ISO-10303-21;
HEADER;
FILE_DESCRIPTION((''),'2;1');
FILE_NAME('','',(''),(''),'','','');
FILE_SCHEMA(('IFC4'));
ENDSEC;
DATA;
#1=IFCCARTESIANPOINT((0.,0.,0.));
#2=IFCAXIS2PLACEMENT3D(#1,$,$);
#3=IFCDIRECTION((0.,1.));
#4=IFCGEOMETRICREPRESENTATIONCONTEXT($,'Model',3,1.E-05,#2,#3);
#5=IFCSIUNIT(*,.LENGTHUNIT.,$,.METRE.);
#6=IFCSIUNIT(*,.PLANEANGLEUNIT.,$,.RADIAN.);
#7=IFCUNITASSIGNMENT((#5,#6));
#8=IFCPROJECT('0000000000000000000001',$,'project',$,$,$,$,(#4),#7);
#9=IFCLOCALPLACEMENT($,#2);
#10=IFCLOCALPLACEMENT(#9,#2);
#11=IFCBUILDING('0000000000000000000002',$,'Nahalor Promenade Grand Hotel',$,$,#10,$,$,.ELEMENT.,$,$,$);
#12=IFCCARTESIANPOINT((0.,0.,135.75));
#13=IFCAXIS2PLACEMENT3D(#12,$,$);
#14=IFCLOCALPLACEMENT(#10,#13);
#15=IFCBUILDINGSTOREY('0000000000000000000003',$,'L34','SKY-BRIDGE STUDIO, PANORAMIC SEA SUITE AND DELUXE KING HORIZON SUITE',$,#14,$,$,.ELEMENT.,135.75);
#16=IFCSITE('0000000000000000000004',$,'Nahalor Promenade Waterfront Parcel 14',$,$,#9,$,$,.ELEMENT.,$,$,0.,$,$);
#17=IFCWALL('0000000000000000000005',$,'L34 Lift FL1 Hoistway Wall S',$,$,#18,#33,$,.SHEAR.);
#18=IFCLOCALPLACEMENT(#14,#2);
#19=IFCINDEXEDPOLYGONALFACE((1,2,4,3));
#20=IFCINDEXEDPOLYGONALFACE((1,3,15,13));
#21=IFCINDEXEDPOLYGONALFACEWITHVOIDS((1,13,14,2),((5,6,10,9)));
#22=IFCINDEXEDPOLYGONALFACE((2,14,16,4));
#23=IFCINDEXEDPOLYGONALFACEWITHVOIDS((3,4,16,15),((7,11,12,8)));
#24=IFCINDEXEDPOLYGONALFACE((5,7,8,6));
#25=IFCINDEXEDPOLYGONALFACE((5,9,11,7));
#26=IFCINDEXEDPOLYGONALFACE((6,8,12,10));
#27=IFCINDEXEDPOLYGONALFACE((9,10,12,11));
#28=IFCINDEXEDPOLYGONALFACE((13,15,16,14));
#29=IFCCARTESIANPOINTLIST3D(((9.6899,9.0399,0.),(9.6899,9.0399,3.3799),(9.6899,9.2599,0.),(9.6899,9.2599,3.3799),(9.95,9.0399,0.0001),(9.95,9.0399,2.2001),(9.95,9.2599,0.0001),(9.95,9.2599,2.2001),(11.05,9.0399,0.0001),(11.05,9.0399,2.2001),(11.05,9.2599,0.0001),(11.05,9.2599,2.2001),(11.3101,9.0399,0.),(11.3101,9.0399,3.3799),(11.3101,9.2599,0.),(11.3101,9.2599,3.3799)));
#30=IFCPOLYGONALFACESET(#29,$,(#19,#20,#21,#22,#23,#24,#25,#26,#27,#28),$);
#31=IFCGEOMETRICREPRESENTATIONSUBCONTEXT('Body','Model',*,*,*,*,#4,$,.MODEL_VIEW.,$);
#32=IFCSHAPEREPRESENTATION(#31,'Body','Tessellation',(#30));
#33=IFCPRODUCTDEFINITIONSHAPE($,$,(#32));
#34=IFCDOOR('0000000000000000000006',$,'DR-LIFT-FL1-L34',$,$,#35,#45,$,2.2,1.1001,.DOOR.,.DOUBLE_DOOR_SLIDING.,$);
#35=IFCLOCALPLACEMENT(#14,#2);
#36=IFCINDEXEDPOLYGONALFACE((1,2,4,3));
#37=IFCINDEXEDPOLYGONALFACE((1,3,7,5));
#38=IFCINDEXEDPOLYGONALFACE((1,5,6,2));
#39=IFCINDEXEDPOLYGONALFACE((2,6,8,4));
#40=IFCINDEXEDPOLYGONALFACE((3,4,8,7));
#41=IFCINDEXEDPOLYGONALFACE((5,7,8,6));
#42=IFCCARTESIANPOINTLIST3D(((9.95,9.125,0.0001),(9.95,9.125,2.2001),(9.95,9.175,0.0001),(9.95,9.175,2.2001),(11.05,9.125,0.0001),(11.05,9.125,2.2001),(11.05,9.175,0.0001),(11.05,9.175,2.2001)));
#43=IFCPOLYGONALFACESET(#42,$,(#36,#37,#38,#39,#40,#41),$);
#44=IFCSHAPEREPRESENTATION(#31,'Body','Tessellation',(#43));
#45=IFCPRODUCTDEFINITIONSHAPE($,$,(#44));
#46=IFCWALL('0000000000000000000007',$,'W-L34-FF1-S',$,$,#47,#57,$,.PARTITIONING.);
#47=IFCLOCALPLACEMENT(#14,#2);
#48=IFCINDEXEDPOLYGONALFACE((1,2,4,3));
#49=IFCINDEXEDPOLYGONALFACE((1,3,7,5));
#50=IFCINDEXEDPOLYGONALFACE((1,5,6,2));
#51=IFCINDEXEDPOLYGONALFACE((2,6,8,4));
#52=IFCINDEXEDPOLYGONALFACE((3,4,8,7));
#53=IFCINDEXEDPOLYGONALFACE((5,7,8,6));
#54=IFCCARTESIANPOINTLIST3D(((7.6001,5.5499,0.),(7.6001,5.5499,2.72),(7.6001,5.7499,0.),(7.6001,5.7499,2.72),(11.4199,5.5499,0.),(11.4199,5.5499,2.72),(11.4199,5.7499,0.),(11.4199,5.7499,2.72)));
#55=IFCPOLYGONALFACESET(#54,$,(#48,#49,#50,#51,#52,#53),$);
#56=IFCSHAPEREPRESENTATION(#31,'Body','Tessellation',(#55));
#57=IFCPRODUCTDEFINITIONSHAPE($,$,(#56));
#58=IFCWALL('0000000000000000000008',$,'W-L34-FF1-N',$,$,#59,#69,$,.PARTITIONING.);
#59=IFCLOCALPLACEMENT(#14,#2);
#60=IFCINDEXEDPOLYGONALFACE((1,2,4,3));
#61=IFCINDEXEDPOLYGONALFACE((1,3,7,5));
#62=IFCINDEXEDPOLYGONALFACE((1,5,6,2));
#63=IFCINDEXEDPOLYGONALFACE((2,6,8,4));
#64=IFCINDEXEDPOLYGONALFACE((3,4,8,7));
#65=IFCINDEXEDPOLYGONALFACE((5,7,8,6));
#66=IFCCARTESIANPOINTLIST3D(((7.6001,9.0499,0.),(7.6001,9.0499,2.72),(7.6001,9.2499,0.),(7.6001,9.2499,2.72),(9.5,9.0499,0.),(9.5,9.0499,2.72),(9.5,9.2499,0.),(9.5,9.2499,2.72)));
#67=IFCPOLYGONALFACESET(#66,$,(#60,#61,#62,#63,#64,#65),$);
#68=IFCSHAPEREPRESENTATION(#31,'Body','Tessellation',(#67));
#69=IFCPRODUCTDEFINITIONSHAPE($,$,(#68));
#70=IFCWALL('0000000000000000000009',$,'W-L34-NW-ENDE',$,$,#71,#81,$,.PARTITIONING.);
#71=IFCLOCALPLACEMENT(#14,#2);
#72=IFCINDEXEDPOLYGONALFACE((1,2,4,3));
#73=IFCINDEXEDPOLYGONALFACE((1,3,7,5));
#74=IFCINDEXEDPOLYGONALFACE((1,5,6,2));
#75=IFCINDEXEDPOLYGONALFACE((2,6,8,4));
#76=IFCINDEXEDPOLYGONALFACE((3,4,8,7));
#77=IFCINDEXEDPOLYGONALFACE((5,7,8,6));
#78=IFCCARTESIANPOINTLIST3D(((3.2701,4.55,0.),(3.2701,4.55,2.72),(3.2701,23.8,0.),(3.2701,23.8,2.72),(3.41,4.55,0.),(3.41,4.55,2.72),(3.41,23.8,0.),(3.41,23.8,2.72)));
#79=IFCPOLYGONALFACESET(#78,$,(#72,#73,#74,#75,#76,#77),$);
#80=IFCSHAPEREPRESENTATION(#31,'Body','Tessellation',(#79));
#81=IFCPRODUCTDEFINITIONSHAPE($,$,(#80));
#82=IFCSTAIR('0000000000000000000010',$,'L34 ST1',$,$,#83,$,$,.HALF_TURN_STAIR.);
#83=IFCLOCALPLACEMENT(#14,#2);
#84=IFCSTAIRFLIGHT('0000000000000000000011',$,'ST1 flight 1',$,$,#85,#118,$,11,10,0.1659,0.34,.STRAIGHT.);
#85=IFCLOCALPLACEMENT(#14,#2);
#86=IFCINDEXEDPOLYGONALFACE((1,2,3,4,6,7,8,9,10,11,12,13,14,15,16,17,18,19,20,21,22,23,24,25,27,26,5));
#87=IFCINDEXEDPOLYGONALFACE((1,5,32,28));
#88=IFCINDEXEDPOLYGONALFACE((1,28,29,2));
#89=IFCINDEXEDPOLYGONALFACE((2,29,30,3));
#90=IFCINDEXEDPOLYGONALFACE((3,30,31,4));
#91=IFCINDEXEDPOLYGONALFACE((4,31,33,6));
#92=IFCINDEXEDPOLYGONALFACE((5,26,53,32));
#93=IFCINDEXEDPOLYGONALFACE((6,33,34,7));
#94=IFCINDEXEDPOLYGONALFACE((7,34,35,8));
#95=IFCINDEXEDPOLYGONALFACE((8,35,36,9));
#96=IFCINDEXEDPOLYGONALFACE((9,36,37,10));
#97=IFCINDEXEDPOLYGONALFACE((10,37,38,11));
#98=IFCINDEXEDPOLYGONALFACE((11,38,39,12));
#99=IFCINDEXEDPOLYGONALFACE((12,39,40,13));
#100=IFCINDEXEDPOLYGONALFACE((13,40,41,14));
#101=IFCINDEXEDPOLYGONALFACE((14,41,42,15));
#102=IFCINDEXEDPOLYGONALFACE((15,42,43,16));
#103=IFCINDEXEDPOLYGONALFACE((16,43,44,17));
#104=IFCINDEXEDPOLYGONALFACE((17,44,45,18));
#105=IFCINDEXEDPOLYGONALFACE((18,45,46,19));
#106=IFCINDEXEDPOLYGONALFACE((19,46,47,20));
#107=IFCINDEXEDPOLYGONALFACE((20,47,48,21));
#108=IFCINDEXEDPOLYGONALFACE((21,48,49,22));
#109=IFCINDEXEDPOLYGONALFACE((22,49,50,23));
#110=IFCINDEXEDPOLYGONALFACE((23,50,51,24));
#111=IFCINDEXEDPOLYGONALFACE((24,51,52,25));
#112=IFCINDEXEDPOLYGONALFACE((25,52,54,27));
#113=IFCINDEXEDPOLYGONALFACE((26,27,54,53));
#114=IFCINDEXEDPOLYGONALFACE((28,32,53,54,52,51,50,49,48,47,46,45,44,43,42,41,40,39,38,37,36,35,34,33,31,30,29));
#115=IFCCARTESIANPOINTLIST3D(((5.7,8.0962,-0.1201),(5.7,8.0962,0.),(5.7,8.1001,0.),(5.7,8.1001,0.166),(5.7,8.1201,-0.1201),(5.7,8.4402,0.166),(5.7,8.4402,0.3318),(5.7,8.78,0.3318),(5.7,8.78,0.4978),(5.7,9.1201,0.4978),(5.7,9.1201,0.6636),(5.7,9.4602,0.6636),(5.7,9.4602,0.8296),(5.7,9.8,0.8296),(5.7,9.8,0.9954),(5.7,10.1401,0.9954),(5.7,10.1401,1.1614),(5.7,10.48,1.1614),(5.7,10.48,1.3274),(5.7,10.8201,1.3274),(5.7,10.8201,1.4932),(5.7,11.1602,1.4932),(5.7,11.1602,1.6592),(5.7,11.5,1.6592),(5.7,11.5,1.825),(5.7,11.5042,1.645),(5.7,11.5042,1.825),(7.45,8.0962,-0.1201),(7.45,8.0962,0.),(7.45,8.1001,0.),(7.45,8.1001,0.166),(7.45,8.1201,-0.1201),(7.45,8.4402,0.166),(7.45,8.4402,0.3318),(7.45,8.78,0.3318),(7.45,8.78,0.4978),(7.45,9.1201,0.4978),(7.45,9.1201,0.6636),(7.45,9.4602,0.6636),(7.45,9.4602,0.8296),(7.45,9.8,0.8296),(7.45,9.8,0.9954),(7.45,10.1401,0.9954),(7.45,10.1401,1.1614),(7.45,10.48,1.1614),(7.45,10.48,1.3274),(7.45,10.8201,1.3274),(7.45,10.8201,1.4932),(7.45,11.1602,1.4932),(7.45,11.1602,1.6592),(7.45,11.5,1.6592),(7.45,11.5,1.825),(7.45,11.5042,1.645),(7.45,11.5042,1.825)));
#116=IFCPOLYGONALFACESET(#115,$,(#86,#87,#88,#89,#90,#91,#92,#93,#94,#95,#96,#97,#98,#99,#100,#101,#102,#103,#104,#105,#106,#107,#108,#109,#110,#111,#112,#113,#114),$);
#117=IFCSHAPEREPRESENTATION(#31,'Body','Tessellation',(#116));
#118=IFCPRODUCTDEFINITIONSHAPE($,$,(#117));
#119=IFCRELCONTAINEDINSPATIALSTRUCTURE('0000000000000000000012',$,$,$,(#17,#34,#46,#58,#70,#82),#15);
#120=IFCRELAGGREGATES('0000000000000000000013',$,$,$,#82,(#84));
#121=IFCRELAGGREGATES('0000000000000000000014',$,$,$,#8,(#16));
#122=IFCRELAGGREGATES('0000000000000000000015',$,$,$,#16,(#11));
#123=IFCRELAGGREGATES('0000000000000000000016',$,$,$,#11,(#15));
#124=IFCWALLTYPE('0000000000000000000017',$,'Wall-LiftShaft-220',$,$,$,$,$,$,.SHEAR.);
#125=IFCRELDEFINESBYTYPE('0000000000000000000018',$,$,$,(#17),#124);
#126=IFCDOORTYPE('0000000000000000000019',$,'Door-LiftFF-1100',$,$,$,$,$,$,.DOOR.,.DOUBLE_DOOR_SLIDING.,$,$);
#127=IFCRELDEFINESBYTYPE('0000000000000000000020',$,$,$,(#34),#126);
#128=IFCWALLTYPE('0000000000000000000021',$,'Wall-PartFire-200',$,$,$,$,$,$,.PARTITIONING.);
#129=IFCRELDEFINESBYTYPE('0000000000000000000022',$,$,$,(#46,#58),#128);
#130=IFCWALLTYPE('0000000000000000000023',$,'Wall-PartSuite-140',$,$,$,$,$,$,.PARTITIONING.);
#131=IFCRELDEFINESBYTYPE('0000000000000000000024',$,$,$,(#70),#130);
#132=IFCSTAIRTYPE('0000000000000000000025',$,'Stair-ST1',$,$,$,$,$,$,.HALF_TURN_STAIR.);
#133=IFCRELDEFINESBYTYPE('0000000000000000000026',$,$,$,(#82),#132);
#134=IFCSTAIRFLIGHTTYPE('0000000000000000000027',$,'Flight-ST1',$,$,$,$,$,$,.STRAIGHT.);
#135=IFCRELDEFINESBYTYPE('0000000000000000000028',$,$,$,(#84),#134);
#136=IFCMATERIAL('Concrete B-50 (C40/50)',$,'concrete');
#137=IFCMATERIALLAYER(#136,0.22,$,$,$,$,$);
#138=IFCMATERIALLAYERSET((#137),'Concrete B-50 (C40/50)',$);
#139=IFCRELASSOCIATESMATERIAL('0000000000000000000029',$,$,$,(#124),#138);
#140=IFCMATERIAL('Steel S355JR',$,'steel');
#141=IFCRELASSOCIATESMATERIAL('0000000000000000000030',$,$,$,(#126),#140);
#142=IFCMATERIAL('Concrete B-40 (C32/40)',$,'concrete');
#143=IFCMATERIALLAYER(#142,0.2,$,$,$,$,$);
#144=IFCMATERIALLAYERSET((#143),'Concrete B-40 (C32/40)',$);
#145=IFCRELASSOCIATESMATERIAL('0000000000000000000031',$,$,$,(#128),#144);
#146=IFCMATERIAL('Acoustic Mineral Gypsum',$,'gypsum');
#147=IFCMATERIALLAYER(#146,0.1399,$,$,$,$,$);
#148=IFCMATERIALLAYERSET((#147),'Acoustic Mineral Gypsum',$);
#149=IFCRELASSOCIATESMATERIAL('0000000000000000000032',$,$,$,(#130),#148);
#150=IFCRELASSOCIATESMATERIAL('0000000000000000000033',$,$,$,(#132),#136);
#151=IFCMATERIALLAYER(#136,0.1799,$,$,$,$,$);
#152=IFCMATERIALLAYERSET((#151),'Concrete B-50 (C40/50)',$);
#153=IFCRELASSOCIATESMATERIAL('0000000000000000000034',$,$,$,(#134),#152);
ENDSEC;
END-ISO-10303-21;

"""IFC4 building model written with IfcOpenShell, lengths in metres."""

from ifc_helpers import new_model, si_unit, direction, frame, frame_2d, origin, place, context, subcontext, project, spatial, polyline, rectangle, outline, extrude, source, transform, mapped, material, layer, layer_set, type_object, element, fill, aggregate, save


model = new_model("IFC4")

# Units and contexts
model_context = context("Model", 3, precision=1e-05, world=origin(), true_north=direction((0.0, 1.0)))
body_context = subcontext(model_context, "Body", "Model", "MODEL_VIEW")
ifc_project = project(units=[si_unit("LENGTHUNIT", "METRE"), si_unit("PLANEANGLEUNIT", "RADIAN")], contexts=[model_context])

# Site, building, storey
site_placement = place(None, origin())
site = spatial("IfcSite", under=ifc_project, at=site_placement, Name="Nahalor Promenade Waterfront Parcel 14", CompositionType="ELEMENT", RefElevation=0.0)
building_placement = place(site_placement, origin())
building = spatial("IfcBuilding", under=site, at=building_placement, Name="Nahalor Promenade Grand Hotel", CompositionType="ELEMENT")
storey_placement = place(building_placement, frame((0.0, 0.0, 135.75)))
storey = spatial("IfcBuildingStorey", under=building, at=storey_placement, Name="L34", Description="SKY-BRIDGE STUDIO, PANORAMIC SEA SUITE AND DELUXE KING HORIZON SUITE", CompositionType="ELEMENT", Elevation=135.75)

# Shared definitions
ifc_material_1 = material(Name="Steel S355JR", Category="steel")

# Shared definitions
ifc_material_2 = material(Name="Concrete B-50 (C40/50)", Category="concrete")

# Shared definitions
ifc_layer_1 = layer(ifc_material_2, 0.22)
ifc_layer_set_1 = layer_set([ifc_layer_1], Name="Concrete B-50 (C40/50)")
wall_type_1 = type_object("IfcWallType", Name="Wall-LiftShaft-220", PredefinedType="SHEAR", material=ifc_layer_set_1)

# Wall, opening, door
shared_shape_1 = source(origin(), body_context, "Body", "SweptSolid", [
    extrude(rectangle(XDim=1.6201, YDim=0.22, at=frame_2d((0.8101, 0.0))), origin(), (0.0, 0.0, 1.0), 3.3799),
])
wall_1_placement = place(storey_placement, frame((9.6899, 9.1499, 0.0), z_axis=(0.0, 0.0, 1.0), x_axis=(1.0, 0.0, 0.0)))
wall_1 = element("IfcWall", 1, at=wall_1_placement, inside=storey, type_object=wall_type_1, Name="L34 Lift FL1 Hoistway Wall S", PredefinedType="SHEAR", context=body_context, shape_type="MappedRepresentation", body=[
    mapped(shared_shape_1, transform((0.0, 0.0, 0.0), scale=1.0)),
])
opening_1_placement = place(wall_1_placement, frame((0.26, 0.0, 0.0)))
opening_1 = element("IfcOpeningElement", 2, at=opening_1_placement, cuts=wall_1, PredefinedType="OPENING", context=body_context, shape_type="SweptSolid", body=[
    extrude(rectangle(XDim=1.1001, YDim=2.2, at=frame_2d((0.55, 1.1001))), frame((0.0, 0.1199, 0.0), z_axis=(0.0, -1.0, 0.0), x_axis=(1.0, 0.0, 0.0)), (0.0, 0.0, 1.0), 0.24),
])
door_type_1 = type_object("IfcDoorType", Name="Door-LiftFF-1100", OperationType="DOUBLE_DOOR_SLIDING", PredefinedType="DOOR", material=ifc_material_1)
shared_shape_2 = source(origin(), body_context, "Body", "SweptSolid", [
    extrude(rectangle(XDim=1.1001, YDim=2.2, at=frame_2d((0.55, 1.1001))), frame((0.0, 0.0249, 0.0), z_axis=(0.0, -1.0, 0.0), x_axis=(1.0, 0.0, 0.0)), (0.0, 0.0, 1.0), 0.05),
])
door_1_placement = place(opening_1_placement, frame((1.1001, 0.0, 0.0), z_axis=(0.0, 0.0, 1.0), x_axis=(-1.0, 0.0, 0.0)))
door_1 = element("IfcDoor", 3, at=door_1_placement, inside=storey, type_object=door_type_1, Name="DR-LIFT-FL1-L34", OperationType="DOUBLE_DOOR_SLIDING", OverallHeight=2.2, OverallWidth=1.1001, PredefinedType="DOOR", context=body_context, shape_type="MappedRepresentation", body=[
    mapped(shared_shape_2, transform((0.0, 0.0, 0.0), scale=1.0)),
])
fill(opening_1, door_1)

# Walls
ifc_material_3 = material(Name="Concrete B-40 (C32/40)", Category="concrete")
ifc_layer_2 = layer(ifc_material_3, 0.2)
ifc_layer_set_2 = layer_set([ifc_layer_2], Name="Concrete B-40 (C32/40)")
wall_type_2 = type_object("IfcWallType", Name="Wall-PartFire-200", PredefinedType="PARTITIONING", material=ifc_layer_set_2)
shared_shape_3 = source(origin(), body_context, "Body", "SweptSolid", [
    extrude(rectangle(XDim=3.8198, YDim=0.2, at=frame_2d((1.9099, 0.0))), origin(), (0.0, 0.0, 1.0), 2.72),
])
wall_2_placement = place(storey_placement, frame((7.6001, 5.6499, 0.0), z_axis=(0.0, 0.0, 1.0), x_axis=(1.0, 0.0, 0.0)))
element("IfcWall", 4, at=wall_2_placement, inside=storey, type_object=wall_type_2, Name="W-L34-FF1-S", PredefinedType="PARTITIONING", context=body_context, shape_type="MappedRepresentation", body=[
    mapped(shared_shape_3, transform((0.0, 0.0, 0.0), scale=1.0)),
])
shared_shape_4 = source(origin(), body_context, "Body", "SweptSolid", [
    extrude(rectangle(XDim=1.8999, YDim=0.2, at=frame_2d((0.95, 0.0))), origin(), (0.0, 0.0, 1.0), 2.72),
])
wall_3_placement = place(storey_placement, frame((7.6001, 9.1499, 0.0), z_axis=(0.0, 0.0, 1.0), x_axis=(1.0, 0.0, 0.0)))
element("IfcWall", 5, at=wall_3_placement, inside=storey, type_object=wall_type_2, Name="W-L34-FF1-N", PredefinedType="PARTITIONING", context=body_context, shape_type="MappedRepresentation", body=[
    mapped(shared_shape_4, transform((0.0, 0.0, 0.0), scale=1.0)),
])

# Wall
ifc_material_4 = material(Name="Acoustic Mineral Gypsum", Category="gypsum")
ifc_layer_3 = layer(ifc_material_4, 0.1399)
ifc_layer_set_3 = layer_set([ifc_layer_3], Name="Acoustic Mineral Gypsum")
wall_type_3 = type_object("IfcWallType", Name="Wall-PartSuite-140", PredefinedType="PARTITIONING", material=ifc_layer_set_3)
shared_shape_5 = source(origin(), body_context, "Body", "SweptSolid", [
    extrude(rectangle(XDim=19.25, YDim=0.1399, at=frame_2d((9.625, 0.0))), origin(), (0.0, 0.0, 1.0), 2.72),
])
wall_4_placement = place(storey_placement, frame((3.3401, 4.55, 0.0), z_axis=(0.0, 0.0, 1.0), x_axis=(0.0, 1.0, 0.0)))
element("IfcWall", 6, at=wall_4_placement, inside=storey, type_object=wall_type_3, Name="W-L34-NW-ENDE", PredefinedType="PARTITIONING", context=body_context, shape_type="MappedRepresentation", body=[
    mapped(shared_shape_5, transform((0.0, 0.0, 0.0), scale=1.0)),
])

# Stair, stair flight
stair_type = type_object("IfcStairType", Name="Stair-ST1", PredefinedType="HALF_TURN_STAIR", material=ifc_material_2)
stair_placement = place(storey_placement, origin())
stair = element("IfcStair", 7, at=stair_placement, inside=storey, type_object=stair_type, Name="L34 ST1", PredefinedType="HALF_TURN_STAIR")
ifc_layer_4 = layer(ifc_material_2, 0.1799)
ifc_layer_set_4 = layer_set([ifc_layer_4], Name="Concrete B-50 (C40/50)")
stair_flight_type = type_object("IfcStairFlightType", Name="Flight-ST1", PredefinedType="STRAIGHT", material=ifc_layer_set_4)
shared_shape_6 = source(origin(), body_context, "Body", "SweptSolid", [
    extrude(outline(polyline([(-0.0039, -0.1201), (-0.0039, 0.0), (0.0, 0.0), (0.0, 0.166), (0.3401, 0.166), (0.3401, 0.3318), (0.6799, 0.3318), (0.6799, 0.4978), (1.02, 0.4978), (1.02, 0.6636), (1.3601, 0.6636), (1.3601, 0.8296), (1.7, 0.8296), (1.7, 0.9954), (2.04, 0.9954), (2.04, 1.1614), (2.3799, 1.1614), (2.3799, 1.3274), (2.72, 1.3274), (2.72, 1.4932), (3.0601, 1.4932), (3.0601, 1.6592), (3.3999, 1.6592), (3.3999, 1.825), (3.4041, 1.825), (3.4041, 1.645), (0.02, -0.1201), (-0.0039, -0.1201)])), frame((0.0, 0.875, 0.0), z_axis=(0.0, -1.0, 0.0), x_axis=(1.0, 0.0, 0.0)), (0.0, 0.0, 1.0), 1.75),
])
stair_flight_placement = place(storey_placement, frame((6.575, 8.1001, 0.0), z_axis=(0.0, 0.0, 1.0), x_axis=(0.0, 1.0, 0.0)))
stair_flight = element("IfcStairFlight", 8, at=stair_flight_placement, type_object=stair_flight_type, Name="ST1 flight 1", NumberOfRisers=11, NumberOfTreads=10, PredefinedType="STRAIGHT", RiserHeight=0.1659, TreadLength=0.34, context=body_context, shape_type="MappedRepresentation", body=[
    mapped(shared_shape_6, transform((0.0, 0.0, 0.0), scale=1.0)),
])
aggregate(stair, [stair_flight])

save(model, "model.ifc")
